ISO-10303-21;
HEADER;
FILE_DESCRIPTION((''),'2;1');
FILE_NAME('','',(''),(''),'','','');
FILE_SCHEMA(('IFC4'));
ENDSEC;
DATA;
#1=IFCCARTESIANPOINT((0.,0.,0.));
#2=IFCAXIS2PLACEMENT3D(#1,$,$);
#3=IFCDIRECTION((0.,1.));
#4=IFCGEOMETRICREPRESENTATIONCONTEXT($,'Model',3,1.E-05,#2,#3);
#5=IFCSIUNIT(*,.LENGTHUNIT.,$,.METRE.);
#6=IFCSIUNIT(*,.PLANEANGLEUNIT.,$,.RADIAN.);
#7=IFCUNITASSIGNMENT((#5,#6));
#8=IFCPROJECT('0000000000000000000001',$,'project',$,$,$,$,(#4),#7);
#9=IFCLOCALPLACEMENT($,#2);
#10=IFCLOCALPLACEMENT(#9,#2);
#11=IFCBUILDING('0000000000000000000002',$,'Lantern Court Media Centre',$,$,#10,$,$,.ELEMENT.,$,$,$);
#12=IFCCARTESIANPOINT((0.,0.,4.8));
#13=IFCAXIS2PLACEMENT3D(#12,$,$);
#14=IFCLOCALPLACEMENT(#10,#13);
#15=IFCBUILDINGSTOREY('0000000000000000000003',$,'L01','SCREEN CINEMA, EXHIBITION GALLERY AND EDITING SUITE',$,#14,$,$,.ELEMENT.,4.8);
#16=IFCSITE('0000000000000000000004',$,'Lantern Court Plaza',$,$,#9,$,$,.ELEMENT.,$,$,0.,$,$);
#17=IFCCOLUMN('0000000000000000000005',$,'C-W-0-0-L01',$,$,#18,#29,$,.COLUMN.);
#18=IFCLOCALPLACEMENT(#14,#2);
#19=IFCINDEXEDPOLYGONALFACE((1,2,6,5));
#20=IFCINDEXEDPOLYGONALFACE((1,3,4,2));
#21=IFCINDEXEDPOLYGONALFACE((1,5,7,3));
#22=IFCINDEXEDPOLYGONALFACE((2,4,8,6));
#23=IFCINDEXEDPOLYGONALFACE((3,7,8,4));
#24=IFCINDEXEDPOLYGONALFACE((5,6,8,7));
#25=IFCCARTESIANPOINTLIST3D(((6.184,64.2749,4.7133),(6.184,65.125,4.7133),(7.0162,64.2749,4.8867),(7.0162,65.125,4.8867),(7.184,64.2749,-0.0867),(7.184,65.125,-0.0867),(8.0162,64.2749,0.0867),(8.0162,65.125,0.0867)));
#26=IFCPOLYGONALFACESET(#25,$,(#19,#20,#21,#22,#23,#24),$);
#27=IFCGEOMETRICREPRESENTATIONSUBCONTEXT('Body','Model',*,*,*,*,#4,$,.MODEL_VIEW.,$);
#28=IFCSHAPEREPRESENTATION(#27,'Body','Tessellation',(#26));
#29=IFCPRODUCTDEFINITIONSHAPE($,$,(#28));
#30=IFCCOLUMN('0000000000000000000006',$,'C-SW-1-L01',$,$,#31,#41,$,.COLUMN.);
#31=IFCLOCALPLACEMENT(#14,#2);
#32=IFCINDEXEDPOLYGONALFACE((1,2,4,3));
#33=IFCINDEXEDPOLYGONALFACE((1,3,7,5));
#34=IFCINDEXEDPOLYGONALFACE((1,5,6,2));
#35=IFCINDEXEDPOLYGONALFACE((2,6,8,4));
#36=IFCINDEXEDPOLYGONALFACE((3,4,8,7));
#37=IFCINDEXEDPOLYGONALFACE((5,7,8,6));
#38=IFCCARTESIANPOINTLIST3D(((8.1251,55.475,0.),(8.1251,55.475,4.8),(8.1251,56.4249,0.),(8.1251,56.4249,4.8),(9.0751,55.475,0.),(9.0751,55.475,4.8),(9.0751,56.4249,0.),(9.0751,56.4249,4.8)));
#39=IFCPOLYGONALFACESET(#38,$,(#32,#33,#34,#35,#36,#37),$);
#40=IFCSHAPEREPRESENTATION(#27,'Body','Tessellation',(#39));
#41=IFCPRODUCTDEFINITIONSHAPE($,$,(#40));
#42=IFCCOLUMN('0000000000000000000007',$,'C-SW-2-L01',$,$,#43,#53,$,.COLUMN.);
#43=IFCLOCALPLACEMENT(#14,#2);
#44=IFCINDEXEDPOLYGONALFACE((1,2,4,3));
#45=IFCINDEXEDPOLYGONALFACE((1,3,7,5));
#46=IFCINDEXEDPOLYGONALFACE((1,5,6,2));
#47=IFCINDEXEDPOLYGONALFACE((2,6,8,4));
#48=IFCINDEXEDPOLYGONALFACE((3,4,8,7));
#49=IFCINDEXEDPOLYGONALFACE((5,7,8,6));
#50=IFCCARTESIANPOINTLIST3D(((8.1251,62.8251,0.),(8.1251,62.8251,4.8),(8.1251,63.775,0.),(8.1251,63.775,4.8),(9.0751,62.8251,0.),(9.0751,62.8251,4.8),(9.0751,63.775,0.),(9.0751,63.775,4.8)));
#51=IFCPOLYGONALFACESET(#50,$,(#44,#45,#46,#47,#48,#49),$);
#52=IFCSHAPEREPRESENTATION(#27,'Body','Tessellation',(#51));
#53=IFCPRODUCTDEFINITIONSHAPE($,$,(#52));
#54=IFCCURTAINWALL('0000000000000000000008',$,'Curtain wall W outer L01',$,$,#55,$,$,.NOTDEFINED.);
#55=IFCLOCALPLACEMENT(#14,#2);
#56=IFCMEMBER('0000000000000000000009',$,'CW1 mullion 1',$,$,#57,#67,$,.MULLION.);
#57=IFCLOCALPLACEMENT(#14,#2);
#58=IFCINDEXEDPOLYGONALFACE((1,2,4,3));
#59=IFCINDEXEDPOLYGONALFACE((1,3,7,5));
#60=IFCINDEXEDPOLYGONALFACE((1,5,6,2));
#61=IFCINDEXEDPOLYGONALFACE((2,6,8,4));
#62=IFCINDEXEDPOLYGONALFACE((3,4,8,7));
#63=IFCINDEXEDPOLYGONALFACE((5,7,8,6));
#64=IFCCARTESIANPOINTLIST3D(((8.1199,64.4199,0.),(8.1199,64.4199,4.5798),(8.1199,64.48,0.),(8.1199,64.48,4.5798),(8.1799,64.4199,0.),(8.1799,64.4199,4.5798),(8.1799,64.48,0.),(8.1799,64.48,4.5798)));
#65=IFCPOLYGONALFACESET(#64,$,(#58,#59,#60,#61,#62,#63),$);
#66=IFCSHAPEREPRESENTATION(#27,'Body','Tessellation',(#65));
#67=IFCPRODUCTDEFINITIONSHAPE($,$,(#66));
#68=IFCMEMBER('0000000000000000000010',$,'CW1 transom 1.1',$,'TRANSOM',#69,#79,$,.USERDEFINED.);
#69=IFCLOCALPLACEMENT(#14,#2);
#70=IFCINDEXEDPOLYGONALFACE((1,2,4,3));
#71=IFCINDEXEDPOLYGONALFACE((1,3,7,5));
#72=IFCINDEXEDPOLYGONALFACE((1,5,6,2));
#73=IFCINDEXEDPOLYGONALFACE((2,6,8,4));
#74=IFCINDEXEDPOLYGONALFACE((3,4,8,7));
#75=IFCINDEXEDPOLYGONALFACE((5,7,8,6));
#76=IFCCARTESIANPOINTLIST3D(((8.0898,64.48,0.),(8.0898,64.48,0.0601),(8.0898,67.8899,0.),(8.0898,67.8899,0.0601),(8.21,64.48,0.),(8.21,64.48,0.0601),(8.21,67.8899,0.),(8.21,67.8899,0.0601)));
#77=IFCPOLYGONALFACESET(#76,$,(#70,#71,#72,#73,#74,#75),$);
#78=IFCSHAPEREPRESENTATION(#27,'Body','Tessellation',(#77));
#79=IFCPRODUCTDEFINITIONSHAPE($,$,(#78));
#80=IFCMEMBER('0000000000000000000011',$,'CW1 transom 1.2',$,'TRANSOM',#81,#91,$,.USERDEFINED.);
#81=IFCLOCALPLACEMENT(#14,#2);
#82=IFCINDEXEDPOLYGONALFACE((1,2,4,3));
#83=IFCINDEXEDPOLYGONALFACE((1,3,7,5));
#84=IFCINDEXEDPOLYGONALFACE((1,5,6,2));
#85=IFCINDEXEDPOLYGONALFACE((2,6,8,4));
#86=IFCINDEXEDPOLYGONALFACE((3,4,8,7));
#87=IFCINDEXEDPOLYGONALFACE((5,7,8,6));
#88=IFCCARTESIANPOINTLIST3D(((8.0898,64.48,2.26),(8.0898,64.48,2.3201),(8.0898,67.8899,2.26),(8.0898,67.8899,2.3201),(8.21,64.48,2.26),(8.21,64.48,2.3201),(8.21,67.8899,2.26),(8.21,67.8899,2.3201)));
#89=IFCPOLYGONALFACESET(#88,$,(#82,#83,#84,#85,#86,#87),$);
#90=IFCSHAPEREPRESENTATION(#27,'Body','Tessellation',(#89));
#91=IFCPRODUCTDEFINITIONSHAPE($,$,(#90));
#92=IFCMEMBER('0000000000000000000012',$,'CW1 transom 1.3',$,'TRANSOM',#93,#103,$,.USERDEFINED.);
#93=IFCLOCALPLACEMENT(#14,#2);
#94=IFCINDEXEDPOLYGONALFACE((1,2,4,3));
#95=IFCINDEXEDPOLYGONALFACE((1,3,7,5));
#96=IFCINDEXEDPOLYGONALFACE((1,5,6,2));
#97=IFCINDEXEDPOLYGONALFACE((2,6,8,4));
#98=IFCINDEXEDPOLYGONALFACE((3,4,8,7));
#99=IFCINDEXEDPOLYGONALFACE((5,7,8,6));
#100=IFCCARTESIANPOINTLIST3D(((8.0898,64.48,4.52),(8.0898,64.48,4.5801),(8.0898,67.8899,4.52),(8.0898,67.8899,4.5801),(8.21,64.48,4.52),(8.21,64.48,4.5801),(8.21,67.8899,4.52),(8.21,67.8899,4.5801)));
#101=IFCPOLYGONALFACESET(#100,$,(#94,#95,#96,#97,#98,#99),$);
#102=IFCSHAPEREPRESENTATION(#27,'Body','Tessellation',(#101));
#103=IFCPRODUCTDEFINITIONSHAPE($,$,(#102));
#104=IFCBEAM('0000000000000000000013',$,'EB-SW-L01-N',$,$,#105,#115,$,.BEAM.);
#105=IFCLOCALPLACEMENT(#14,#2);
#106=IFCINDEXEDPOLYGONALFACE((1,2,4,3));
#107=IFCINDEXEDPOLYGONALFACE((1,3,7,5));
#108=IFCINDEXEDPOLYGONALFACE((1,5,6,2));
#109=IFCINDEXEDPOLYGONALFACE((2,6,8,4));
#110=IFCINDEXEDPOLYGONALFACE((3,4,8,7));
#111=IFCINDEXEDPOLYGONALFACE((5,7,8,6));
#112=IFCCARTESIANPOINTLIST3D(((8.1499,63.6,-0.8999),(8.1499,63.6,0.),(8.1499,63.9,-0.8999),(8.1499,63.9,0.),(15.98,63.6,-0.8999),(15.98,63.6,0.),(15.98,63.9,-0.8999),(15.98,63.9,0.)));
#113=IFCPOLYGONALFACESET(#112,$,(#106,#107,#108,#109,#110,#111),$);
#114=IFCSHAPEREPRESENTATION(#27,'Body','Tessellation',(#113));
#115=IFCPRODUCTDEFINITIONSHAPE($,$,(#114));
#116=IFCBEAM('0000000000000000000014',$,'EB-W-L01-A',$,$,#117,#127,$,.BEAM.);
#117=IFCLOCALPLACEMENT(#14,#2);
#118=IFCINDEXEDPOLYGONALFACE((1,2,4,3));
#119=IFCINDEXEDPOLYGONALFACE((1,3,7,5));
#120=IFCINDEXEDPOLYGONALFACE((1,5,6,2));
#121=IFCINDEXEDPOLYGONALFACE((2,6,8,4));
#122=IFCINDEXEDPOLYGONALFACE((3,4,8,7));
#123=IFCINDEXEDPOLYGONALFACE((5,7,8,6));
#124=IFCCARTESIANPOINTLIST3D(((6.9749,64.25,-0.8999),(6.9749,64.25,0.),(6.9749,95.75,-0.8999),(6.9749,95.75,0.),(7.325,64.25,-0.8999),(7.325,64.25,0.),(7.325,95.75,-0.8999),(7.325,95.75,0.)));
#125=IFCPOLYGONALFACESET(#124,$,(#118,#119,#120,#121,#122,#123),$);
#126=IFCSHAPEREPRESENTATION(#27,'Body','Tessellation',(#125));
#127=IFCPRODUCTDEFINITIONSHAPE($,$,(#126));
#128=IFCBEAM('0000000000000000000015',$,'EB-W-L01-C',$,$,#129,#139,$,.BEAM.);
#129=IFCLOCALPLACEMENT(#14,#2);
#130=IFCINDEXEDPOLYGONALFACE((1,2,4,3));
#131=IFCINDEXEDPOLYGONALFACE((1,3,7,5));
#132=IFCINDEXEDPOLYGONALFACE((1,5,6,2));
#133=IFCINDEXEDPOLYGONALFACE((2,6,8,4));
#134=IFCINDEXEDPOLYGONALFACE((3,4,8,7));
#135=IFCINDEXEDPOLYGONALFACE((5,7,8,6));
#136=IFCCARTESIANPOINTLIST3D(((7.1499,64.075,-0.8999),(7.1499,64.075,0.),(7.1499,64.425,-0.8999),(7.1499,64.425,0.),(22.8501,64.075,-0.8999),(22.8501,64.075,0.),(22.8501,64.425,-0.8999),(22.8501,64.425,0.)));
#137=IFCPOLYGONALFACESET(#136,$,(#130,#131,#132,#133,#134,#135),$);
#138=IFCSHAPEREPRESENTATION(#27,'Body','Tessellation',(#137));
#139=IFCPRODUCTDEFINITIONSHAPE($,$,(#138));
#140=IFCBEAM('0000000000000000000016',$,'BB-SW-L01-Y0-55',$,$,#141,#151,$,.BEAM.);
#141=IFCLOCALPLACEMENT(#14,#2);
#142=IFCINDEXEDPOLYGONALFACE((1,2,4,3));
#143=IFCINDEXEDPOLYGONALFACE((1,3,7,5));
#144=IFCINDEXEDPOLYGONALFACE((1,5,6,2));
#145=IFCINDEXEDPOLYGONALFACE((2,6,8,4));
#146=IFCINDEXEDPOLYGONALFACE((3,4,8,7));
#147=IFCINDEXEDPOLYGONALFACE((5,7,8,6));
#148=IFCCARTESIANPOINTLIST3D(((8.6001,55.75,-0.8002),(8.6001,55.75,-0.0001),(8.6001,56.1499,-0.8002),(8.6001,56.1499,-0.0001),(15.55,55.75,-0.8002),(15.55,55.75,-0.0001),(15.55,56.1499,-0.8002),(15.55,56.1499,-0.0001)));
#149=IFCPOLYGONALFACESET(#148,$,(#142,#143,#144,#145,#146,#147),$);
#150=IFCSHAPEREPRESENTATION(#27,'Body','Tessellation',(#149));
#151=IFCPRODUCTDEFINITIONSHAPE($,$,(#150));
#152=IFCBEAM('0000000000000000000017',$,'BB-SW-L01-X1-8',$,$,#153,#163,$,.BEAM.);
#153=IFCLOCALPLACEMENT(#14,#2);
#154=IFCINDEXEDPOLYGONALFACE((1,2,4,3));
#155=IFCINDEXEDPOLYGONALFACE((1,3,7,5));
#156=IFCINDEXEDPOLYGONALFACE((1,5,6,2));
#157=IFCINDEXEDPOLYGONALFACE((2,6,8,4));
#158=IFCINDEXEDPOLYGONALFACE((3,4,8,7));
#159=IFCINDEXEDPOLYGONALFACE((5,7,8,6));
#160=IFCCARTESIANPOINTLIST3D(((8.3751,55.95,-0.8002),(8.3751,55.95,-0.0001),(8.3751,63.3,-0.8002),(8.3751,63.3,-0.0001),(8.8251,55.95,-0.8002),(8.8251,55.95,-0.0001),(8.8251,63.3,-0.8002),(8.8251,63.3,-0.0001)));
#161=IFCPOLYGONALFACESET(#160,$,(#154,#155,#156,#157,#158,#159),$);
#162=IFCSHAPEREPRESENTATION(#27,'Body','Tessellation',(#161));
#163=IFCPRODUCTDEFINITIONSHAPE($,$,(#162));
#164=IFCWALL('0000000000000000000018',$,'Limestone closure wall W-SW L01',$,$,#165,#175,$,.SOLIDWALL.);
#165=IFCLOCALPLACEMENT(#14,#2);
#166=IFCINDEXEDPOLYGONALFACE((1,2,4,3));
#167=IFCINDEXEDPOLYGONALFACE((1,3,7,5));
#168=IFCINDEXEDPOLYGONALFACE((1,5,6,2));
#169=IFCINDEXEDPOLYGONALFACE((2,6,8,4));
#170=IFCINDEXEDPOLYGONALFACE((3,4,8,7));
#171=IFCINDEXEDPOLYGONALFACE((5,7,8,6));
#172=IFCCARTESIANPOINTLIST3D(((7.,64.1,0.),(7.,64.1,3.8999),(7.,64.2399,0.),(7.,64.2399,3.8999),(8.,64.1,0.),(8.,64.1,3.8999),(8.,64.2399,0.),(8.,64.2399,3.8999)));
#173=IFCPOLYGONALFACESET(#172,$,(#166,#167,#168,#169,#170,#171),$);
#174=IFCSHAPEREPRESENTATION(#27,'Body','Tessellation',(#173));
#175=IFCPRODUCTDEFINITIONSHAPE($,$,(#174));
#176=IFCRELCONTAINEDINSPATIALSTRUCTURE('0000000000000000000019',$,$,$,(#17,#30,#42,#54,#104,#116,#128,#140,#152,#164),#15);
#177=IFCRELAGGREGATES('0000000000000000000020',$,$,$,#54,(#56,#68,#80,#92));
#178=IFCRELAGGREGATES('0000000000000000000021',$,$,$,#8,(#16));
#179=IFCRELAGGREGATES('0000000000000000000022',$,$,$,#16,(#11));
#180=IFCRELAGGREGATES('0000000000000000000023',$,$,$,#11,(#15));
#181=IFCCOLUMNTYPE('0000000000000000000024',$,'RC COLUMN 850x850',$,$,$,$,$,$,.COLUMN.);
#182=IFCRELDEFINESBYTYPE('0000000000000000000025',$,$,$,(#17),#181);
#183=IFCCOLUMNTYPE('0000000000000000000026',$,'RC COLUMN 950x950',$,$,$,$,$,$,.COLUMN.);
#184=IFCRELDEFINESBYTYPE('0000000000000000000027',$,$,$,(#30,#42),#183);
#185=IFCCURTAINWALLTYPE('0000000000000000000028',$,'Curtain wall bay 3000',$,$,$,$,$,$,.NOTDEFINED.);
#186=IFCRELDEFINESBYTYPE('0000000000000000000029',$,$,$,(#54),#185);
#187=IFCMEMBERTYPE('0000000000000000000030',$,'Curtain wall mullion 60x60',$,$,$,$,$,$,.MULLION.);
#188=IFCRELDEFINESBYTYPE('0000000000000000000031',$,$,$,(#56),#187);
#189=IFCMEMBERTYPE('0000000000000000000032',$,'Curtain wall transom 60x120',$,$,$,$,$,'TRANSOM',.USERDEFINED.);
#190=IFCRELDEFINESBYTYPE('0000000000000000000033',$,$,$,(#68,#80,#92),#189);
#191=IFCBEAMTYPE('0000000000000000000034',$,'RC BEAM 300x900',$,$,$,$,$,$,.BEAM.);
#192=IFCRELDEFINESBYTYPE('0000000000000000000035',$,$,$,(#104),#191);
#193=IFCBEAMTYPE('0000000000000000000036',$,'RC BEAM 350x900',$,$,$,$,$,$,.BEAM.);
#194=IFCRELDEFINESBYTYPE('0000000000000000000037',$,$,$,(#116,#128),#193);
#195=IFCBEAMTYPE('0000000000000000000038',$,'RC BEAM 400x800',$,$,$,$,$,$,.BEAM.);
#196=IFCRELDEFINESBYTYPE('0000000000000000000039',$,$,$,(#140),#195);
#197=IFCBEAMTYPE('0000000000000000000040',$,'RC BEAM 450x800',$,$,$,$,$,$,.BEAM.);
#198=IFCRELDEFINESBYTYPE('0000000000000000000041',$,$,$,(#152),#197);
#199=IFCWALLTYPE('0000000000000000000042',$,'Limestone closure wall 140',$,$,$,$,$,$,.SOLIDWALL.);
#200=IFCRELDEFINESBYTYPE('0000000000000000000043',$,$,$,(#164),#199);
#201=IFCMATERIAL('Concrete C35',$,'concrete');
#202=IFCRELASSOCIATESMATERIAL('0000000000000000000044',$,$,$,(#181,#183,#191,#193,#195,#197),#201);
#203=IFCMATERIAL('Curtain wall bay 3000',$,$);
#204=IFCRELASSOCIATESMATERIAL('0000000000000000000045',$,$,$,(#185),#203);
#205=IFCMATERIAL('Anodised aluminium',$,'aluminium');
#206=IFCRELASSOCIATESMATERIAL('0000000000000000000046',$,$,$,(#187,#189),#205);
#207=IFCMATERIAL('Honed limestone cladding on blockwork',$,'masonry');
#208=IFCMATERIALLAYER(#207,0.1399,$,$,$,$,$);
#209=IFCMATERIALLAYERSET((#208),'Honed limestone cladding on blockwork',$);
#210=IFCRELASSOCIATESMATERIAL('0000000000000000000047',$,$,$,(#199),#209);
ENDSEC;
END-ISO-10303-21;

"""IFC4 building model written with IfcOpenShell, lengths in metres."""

from ifc_helpers import new_model, si_unit, direction, frame, frame_2d, origin, origin_2d, place, context, subcontext, project, spatial, rectangle, extrude, material, layer, layer_set, material_profile, profile_set, type_object, element, aggregate, save


model = new_model("IFC4")

# Units and contexts
model_context = context("Model", 3, precision=1e-05, world=origin(), true_north=direction((0.0, 1.0)))
body_context = subcontext(model_context, "Body", "Model", "MODEL_VIEW")
ifc_project = project(units=[si_unit("LENGTHUNIT", "METRE"), si_unit("PLANEANGLEUNIT", "RADIAN")], contexts=[model_context])

# Site, building, storey
site_placement = place(None, origin())
site = spatial("IfcSite", under=ifc_project, at=site_placement, Name="Lantern Court Plaza", CompositionType="ELEMENT", RefElevation=0.0)
building_placement = place(site_placement, origin())
building = spatial("IfcBuilding", under=site, at=building_placement, Name="Lantern Court Media Centre", CompositionType="ELEMENT")
storey_placement = place(building_placement, frame((0.0, 0.0, 4.8)))
storey = spatial("IfcBuildingStorey", under=building, at=storey_placement, Name="L01", Description="SCREEN CINEMA, EXHIBITION GALLERY AND EDITING SUITE", CompositionType="ELEMENT", Elevation=4.8)

# Columns
ifc_material_1 = material(Name="Concrete C35", Category="concrete")
ifc_material_profile_1 = material_profile(ifc_material_1, rectangle(XDim=0.8501, YDim=0.8501, at=origin_2d()), Name="RC 850x850")
ifc_profile_set_1 = profile_set([ifc_material_profile_1], Name="Concrete C35")
column_type_1 = type_object("IfcColumnType", Name="RC COLUMN 850x850", PredefinedType="COLUMN", material=ifc_profile_set_1)
column_placement = place(storey_placement, frame((7.6001, 64.7, 0.0), z_axis=(-0.203952, 0.0, 0.978981), x_axis=(0.0, -1.0, 0.0)))
element("IfcColumn", 1, at=column_placement, inside=storey, type_object=column_type_1, Name="C-W-0-0-L01", PredefinedType="COLUMN", context=body_context, shape_type="SweptSolid", body=[
    extrude(rectangle(XDim=0.8501, YDim=0.8501, at=origin_2d()), origin(), (0.0, 0.0, 1.0), 4.9031),
])
ifc_material_profile_2 = material_profile(ifc_material_1, rectangle(XDim=0.95, YDim=0.95, at=origin_2d()), Name="RC 950x950")
ifc_profile_set_2 = profile_set([ifc_material_profile_2], Name="Concrete C35")
column_type_2 = type_object("IfcColumnType", Name="RC COLUMN 950x950", PredefinedType="COLUMN", material=ifc_profile_set_2)
for number, where, z_axis, x_axis, name in (
    (2, (8.6001, 55.95, 0.0), (0.0, 0.0, 1.0), (1.0, 0.0, 0.0), "C-SW-1-L01"),
    (3, (8.6001, 63.3, 0.0), (0.0, 0.0, 1.0), (1.0, 0.0, 0.0), "C-SW-2-L01"),
):
    element("IfcColumn", number, at=place(storey_placement, frame(where, z_axis=z_axis, x_axis=x_axis)), inside=storey, type_object=column_type_2, Name=name, PredefinedType="COLUMN", context=body_context, shape_type="SweptSolid", body=[
        extrude(rectangle(XDim=0.95, YDim=0.95, at=origin_2d()), origin(), (0.0, 0.0, 1.0), 4.8),
    ])

# Curtain wall, members
ifc_material_2 = material(Name="Curtain wall bay 3000")
curtain_wall_type = type_object("IfcCurtainWallType", Name="Curtain wall bay 3000", PredefinedType="NOTDEFINED", material=ifc_material_2)
curtain_wall_placement = place(storey_placement, origin())
curtain_wall = element("IfcCurtainWall", 4, at=curtain_wall_placement, inside=storey, type_object=curtain_wall_type, Name="Curtain wall W outer L01", PredefinedType="NOTDEFINED")
ifc_material_3 = material(Name="Anodised aluminium", Category="aluminium")
ifc_material_profile_3 = material_profile(ifc_material_3, rectangle(XDim=0.0601, YDim=0.0601, at=origin_2d()), Name="AL 60x60")
ifc_profile_set_3 = profile_set([ifc_material_profile_3], Name="Anodised aluminium")
member_type_1 = type_object("IfcMemberType", Name="Curtain wall mullion 60x60", PredefinedType="MULLION", material=ifc_profile_set_3)
member_1_placement = place(storey_placement, frame((8.1499, 64.45, 0.0), z_axis=(0.0, 0.0, 1.0), x_axis=(-1.0, 0.0, 0.0)))
member_1 = element("IfcMember", 5, at=member_1_placement, type_object=member_type_1, Name="CW1 mullion 1", PredefinedType="MULLION", context=body_context, shape_type="SweptSolid", body=[
    extrude(rectangle(XDim=0.0601, YDim=0.0601, at=origin_2d()), origin(), (0.0, 0.0, 1.0), 4.5798),
])
ifc_material_profile_4 = material_profile(ifc_material_3, rectangle(XDim=0.1201, YDim=0.0601, at=origin_2d()), Name="AL 60x120")
ifc_profile_set_4 = profile_set([ifc_material_profile_4], Name="Anodised aluminium")
member_type_2 = type_object("IfcMemberType", Name="Curtain wall transom 60x120", ElementType="TRANSOM", PredefinedType="USERDEFINED", material=ifc_profile_set_4)
member_2_placement = place(storey_placement, frame((8.1499, 64.48, 0.03), z_axis=(0.0, 1.0, 0.0), x_axis=(-1.0, 0.0, 0.0)))
member_2 = element("IfcMember", 6, at=member_2_placement, type_object=member_type_2, Name="CW1 transom 1.1", ObjectType="TRANSOM", PredefinedType="USERDEFINED", context=body_context, shape_type="SweptSolid", body=[
    extrude(rectangle(XDim=0.1201, YDim=0.0601, at=origin_2d()), origin(), (0.0, 0.0, 1.0), 3.4099),
])
member_3_placement = place(storey_placement, frame((8.1499, 64.48, 2.29), z_axis=(0.0, 1.0, 0.0), x_axis=(-1.0, 0.0, 0.0)))
member_3 = element("IfcMember", 7, at=member_3_placement, type_object=member_type_2, Name="CW1 transom 1.2", ObjectType="TRANSOM", PredefinedType="USERDEFINED", context=body_context, shape_type="SweptSolid", body=[
    extrude(rectangle(XDim=0.1201, YDim=0.0601, at=origin_2d()), origin(), (0.0, 0.0, 1.0), 3.4099),
])
member_4_placement = place(storey_placement, frame((8.1499, 64.48, 4.55), z_axis=(0.0, 1.0, 0.0), x_axis=(-1.0, 0.0, 0.0)))
member_4 = element("IfcMember", 8, at=member_4_placement, type_object=member_type_2, Name="CW1 transom 1.3", ObjectType="TRANSOM", PredefinedType="USERDEFINED", context=body_context, shape_type="SweptSolid", body=[
    extrude(rectangle(XDim=0.1201, YDim=0.0601, at=origin_2d()), origin(), (0.0, 0.0, 1.0), 3.4099),
])
aggregate(curtain_wall, [member_1, member_2, member_3, member_4])

# Beams
ifc_material_profile_5 = material_profile(ifc_material_1, rectangle(XDim=0.3, YDim=0.8999, at=origin_2d()), Name="RC 300x900")
ifc_profile_set_5 = profile_set([ifc_material_profile_5], Name="Concrete C35")
beam_type_1 = type_object("IfcBeamType", Name="RC BEAM 300x900", PredefinedType="BEAM", material=ifc_profile_set_5)
beam_1_placement = place(storey_placement, frame((8.1499, 63.75, -0.45), z_axis=(1.0, 0.0, 0.0), x_axis=(0.0, 1.0, 0.0)))
element("IfcBeam", 9, at=beam_1_placement, inside=storey, type_object=beam_type_1, Name="EB-SW-L01-N", PredefinedType="BEAM", context=body_context, shape_type="SweptSolid", body=[
    extrude(rectangle(XDim=0.3, YDim=0.8999, at=origin_2d()), origin(), (0.0, 0.0, 1.0), 7.8301),
])
ifc_material_profile_6 = material_profile(ifc_material_1, rectangle(XDim=0.3501, YDim=0.8999, at=origin_2d()), Name="RC 350x900")
ifc_profile_set_6 = profile_set([ifc_material_profile_6], Name="Concrete C35")
beam_type_2 = type_object("IfcBeamType", Name="RC BEAM 350x900", PredefinedType="BEAM", material=ifc_profile_set_6)
beam_2_placement = place(storey_placement, frame((7.1499, 64.25, -0.45), z_axis=(0.0, 1.0, 0.0), x_axis=(-1.0, 0.0, 0.0)))
element("IfcBeam", 10, at=beam_2_placement, inside=storey, type_object=beam_type_2, Name="EB-W-L01-A", PredefinedType="BEAM", context=body_context, shape_type="SweptSolid", body=[
    extrude(rectangle(XDim=0.3501, YDim=0.8999, at=origin_2d()), origin(), (0.0, 0.0, 1.0), 31.5),
])
beam_3_placement = place(storey_placement, frame((7.1499, 64.25, -0.45), z_axis=(1.0, 0.0, 0.0), x_axis=(0.0, 1.0, 0.0)))
element("IfcBeam", 11, at=beam_3_placement, inside=storey, type_object=beam_type_2, Name="EB-W-L01-C", PredefinedType="BEAM", context=body_context, shape_type="SweptSolid", body=[
    extrude(rectangle(XDim=0.3501, YDim=0.8999, at=origin_2d()), origin(), (0.0, 0.0, 1.0), 15.7002),
])
ifc_material_profile_7 = material_profile(ifc_material_1, rectangle(XDim=0.3999, YDim=0.8, at=origin_2d()), Name="RC 400x800")
ifc_profile_set_7 = profile_set([ifc_material_profile_7], Name="Concrete C35")
beam_type_3 = type_object("IfcBeamType", Name="RC BEAM 400x800", PredefinedType="BEAM", material=ifc_profile_set_7)
beam_4_placement = place(storey_placement, frame((8.6001, 55.95, -0.4001), z_axis=(1.0, 0.0, 0.0), x_axis=(0.0, 1.0, 0.0)))
element("IfcBeam", 12, at=beam_4_placement, inside=storey, type_object=beam_type_3, Name="BB-SW-L01-Y0-55", PredefinedType="BEAM", context=body_context, shape_type="SweptSolid", body=[
    extrude(rectangle(XDim=0.3999, YDim=0.8, at=origin_2d()), origin(), (0.0, 0.0, 1.0), 6.95),
])
ifc_material_profile_8 = material_profile(ifc_material_1, rectangle(XDim=0.45, YDim=0.8, at=origin_2d()), Name="RC 450x800")
ifc_profile_set_8 = profile_set([ifc_material_profile_8], Name="Concrete C35")
beam_type_4 = type_object("IfcBeamType", Name="RC BEAM 450x800", PredefinedType="BEAM", material=ifc_profile_set_8)
beam_5_placement = place(storey_placement, frame((8.6001, 55.95, -0.4001), z_axis=(0.0, 1.0, 0.0), x_axis=(-1.0, 0.0, 0.0)))
element("IfcBeam", 13, at=beam_5_placement, inside=storey, type_object=beam_type_4, Name="BB-SW-L01-X1-8", PredefinedType="BEAM", context=body_context, shape_type="SweptSolid", body=[
    extrude(rectangle(XDim=0.45, YDim=0.8, at=origin_2d()), origin(), (0.0, 0.0, 1.0), 7.3501),
])

# Wall
ifc_material_4 = material(Name="Honed limestone cladding on blockwork", Category="masonry")
ifc_layer_1 = layer(ifc_material_4, 0.1399)
ifc_layer_set_1 = layer_set([ifc_layer_1], Name="Honed limestone cladding on blockwork")
wall_type_1 = type_object("IfcWallType", Name="Limestone closure wall 140", PredefinedType="SOLIDWALL", material=ifc_layer_set_1)
wall_1_placement = place(storey_placement, frame((7.0, 64.1699, 0.0), z_axis=(0.0, 0.0, 1.0), x_axis=(1.0, 0.0, 0.0)))
element("IfcWall", 14, at=wall_1_placement, inside=storey, type_object=wall_type_1, Name="Limestone closure wall W-SW L01", PredefinedType="SOLIDWALL", context=body_context, shape_type="SweptSolid", body=[
    extrude(rectangle(XDim=1.0, YDim=0.1399, at=frame_2d((0.5, 0.0))), origin(), (0.0, 0.0, 1.0), 3.8999),
])

save(model, "model.ifc")
